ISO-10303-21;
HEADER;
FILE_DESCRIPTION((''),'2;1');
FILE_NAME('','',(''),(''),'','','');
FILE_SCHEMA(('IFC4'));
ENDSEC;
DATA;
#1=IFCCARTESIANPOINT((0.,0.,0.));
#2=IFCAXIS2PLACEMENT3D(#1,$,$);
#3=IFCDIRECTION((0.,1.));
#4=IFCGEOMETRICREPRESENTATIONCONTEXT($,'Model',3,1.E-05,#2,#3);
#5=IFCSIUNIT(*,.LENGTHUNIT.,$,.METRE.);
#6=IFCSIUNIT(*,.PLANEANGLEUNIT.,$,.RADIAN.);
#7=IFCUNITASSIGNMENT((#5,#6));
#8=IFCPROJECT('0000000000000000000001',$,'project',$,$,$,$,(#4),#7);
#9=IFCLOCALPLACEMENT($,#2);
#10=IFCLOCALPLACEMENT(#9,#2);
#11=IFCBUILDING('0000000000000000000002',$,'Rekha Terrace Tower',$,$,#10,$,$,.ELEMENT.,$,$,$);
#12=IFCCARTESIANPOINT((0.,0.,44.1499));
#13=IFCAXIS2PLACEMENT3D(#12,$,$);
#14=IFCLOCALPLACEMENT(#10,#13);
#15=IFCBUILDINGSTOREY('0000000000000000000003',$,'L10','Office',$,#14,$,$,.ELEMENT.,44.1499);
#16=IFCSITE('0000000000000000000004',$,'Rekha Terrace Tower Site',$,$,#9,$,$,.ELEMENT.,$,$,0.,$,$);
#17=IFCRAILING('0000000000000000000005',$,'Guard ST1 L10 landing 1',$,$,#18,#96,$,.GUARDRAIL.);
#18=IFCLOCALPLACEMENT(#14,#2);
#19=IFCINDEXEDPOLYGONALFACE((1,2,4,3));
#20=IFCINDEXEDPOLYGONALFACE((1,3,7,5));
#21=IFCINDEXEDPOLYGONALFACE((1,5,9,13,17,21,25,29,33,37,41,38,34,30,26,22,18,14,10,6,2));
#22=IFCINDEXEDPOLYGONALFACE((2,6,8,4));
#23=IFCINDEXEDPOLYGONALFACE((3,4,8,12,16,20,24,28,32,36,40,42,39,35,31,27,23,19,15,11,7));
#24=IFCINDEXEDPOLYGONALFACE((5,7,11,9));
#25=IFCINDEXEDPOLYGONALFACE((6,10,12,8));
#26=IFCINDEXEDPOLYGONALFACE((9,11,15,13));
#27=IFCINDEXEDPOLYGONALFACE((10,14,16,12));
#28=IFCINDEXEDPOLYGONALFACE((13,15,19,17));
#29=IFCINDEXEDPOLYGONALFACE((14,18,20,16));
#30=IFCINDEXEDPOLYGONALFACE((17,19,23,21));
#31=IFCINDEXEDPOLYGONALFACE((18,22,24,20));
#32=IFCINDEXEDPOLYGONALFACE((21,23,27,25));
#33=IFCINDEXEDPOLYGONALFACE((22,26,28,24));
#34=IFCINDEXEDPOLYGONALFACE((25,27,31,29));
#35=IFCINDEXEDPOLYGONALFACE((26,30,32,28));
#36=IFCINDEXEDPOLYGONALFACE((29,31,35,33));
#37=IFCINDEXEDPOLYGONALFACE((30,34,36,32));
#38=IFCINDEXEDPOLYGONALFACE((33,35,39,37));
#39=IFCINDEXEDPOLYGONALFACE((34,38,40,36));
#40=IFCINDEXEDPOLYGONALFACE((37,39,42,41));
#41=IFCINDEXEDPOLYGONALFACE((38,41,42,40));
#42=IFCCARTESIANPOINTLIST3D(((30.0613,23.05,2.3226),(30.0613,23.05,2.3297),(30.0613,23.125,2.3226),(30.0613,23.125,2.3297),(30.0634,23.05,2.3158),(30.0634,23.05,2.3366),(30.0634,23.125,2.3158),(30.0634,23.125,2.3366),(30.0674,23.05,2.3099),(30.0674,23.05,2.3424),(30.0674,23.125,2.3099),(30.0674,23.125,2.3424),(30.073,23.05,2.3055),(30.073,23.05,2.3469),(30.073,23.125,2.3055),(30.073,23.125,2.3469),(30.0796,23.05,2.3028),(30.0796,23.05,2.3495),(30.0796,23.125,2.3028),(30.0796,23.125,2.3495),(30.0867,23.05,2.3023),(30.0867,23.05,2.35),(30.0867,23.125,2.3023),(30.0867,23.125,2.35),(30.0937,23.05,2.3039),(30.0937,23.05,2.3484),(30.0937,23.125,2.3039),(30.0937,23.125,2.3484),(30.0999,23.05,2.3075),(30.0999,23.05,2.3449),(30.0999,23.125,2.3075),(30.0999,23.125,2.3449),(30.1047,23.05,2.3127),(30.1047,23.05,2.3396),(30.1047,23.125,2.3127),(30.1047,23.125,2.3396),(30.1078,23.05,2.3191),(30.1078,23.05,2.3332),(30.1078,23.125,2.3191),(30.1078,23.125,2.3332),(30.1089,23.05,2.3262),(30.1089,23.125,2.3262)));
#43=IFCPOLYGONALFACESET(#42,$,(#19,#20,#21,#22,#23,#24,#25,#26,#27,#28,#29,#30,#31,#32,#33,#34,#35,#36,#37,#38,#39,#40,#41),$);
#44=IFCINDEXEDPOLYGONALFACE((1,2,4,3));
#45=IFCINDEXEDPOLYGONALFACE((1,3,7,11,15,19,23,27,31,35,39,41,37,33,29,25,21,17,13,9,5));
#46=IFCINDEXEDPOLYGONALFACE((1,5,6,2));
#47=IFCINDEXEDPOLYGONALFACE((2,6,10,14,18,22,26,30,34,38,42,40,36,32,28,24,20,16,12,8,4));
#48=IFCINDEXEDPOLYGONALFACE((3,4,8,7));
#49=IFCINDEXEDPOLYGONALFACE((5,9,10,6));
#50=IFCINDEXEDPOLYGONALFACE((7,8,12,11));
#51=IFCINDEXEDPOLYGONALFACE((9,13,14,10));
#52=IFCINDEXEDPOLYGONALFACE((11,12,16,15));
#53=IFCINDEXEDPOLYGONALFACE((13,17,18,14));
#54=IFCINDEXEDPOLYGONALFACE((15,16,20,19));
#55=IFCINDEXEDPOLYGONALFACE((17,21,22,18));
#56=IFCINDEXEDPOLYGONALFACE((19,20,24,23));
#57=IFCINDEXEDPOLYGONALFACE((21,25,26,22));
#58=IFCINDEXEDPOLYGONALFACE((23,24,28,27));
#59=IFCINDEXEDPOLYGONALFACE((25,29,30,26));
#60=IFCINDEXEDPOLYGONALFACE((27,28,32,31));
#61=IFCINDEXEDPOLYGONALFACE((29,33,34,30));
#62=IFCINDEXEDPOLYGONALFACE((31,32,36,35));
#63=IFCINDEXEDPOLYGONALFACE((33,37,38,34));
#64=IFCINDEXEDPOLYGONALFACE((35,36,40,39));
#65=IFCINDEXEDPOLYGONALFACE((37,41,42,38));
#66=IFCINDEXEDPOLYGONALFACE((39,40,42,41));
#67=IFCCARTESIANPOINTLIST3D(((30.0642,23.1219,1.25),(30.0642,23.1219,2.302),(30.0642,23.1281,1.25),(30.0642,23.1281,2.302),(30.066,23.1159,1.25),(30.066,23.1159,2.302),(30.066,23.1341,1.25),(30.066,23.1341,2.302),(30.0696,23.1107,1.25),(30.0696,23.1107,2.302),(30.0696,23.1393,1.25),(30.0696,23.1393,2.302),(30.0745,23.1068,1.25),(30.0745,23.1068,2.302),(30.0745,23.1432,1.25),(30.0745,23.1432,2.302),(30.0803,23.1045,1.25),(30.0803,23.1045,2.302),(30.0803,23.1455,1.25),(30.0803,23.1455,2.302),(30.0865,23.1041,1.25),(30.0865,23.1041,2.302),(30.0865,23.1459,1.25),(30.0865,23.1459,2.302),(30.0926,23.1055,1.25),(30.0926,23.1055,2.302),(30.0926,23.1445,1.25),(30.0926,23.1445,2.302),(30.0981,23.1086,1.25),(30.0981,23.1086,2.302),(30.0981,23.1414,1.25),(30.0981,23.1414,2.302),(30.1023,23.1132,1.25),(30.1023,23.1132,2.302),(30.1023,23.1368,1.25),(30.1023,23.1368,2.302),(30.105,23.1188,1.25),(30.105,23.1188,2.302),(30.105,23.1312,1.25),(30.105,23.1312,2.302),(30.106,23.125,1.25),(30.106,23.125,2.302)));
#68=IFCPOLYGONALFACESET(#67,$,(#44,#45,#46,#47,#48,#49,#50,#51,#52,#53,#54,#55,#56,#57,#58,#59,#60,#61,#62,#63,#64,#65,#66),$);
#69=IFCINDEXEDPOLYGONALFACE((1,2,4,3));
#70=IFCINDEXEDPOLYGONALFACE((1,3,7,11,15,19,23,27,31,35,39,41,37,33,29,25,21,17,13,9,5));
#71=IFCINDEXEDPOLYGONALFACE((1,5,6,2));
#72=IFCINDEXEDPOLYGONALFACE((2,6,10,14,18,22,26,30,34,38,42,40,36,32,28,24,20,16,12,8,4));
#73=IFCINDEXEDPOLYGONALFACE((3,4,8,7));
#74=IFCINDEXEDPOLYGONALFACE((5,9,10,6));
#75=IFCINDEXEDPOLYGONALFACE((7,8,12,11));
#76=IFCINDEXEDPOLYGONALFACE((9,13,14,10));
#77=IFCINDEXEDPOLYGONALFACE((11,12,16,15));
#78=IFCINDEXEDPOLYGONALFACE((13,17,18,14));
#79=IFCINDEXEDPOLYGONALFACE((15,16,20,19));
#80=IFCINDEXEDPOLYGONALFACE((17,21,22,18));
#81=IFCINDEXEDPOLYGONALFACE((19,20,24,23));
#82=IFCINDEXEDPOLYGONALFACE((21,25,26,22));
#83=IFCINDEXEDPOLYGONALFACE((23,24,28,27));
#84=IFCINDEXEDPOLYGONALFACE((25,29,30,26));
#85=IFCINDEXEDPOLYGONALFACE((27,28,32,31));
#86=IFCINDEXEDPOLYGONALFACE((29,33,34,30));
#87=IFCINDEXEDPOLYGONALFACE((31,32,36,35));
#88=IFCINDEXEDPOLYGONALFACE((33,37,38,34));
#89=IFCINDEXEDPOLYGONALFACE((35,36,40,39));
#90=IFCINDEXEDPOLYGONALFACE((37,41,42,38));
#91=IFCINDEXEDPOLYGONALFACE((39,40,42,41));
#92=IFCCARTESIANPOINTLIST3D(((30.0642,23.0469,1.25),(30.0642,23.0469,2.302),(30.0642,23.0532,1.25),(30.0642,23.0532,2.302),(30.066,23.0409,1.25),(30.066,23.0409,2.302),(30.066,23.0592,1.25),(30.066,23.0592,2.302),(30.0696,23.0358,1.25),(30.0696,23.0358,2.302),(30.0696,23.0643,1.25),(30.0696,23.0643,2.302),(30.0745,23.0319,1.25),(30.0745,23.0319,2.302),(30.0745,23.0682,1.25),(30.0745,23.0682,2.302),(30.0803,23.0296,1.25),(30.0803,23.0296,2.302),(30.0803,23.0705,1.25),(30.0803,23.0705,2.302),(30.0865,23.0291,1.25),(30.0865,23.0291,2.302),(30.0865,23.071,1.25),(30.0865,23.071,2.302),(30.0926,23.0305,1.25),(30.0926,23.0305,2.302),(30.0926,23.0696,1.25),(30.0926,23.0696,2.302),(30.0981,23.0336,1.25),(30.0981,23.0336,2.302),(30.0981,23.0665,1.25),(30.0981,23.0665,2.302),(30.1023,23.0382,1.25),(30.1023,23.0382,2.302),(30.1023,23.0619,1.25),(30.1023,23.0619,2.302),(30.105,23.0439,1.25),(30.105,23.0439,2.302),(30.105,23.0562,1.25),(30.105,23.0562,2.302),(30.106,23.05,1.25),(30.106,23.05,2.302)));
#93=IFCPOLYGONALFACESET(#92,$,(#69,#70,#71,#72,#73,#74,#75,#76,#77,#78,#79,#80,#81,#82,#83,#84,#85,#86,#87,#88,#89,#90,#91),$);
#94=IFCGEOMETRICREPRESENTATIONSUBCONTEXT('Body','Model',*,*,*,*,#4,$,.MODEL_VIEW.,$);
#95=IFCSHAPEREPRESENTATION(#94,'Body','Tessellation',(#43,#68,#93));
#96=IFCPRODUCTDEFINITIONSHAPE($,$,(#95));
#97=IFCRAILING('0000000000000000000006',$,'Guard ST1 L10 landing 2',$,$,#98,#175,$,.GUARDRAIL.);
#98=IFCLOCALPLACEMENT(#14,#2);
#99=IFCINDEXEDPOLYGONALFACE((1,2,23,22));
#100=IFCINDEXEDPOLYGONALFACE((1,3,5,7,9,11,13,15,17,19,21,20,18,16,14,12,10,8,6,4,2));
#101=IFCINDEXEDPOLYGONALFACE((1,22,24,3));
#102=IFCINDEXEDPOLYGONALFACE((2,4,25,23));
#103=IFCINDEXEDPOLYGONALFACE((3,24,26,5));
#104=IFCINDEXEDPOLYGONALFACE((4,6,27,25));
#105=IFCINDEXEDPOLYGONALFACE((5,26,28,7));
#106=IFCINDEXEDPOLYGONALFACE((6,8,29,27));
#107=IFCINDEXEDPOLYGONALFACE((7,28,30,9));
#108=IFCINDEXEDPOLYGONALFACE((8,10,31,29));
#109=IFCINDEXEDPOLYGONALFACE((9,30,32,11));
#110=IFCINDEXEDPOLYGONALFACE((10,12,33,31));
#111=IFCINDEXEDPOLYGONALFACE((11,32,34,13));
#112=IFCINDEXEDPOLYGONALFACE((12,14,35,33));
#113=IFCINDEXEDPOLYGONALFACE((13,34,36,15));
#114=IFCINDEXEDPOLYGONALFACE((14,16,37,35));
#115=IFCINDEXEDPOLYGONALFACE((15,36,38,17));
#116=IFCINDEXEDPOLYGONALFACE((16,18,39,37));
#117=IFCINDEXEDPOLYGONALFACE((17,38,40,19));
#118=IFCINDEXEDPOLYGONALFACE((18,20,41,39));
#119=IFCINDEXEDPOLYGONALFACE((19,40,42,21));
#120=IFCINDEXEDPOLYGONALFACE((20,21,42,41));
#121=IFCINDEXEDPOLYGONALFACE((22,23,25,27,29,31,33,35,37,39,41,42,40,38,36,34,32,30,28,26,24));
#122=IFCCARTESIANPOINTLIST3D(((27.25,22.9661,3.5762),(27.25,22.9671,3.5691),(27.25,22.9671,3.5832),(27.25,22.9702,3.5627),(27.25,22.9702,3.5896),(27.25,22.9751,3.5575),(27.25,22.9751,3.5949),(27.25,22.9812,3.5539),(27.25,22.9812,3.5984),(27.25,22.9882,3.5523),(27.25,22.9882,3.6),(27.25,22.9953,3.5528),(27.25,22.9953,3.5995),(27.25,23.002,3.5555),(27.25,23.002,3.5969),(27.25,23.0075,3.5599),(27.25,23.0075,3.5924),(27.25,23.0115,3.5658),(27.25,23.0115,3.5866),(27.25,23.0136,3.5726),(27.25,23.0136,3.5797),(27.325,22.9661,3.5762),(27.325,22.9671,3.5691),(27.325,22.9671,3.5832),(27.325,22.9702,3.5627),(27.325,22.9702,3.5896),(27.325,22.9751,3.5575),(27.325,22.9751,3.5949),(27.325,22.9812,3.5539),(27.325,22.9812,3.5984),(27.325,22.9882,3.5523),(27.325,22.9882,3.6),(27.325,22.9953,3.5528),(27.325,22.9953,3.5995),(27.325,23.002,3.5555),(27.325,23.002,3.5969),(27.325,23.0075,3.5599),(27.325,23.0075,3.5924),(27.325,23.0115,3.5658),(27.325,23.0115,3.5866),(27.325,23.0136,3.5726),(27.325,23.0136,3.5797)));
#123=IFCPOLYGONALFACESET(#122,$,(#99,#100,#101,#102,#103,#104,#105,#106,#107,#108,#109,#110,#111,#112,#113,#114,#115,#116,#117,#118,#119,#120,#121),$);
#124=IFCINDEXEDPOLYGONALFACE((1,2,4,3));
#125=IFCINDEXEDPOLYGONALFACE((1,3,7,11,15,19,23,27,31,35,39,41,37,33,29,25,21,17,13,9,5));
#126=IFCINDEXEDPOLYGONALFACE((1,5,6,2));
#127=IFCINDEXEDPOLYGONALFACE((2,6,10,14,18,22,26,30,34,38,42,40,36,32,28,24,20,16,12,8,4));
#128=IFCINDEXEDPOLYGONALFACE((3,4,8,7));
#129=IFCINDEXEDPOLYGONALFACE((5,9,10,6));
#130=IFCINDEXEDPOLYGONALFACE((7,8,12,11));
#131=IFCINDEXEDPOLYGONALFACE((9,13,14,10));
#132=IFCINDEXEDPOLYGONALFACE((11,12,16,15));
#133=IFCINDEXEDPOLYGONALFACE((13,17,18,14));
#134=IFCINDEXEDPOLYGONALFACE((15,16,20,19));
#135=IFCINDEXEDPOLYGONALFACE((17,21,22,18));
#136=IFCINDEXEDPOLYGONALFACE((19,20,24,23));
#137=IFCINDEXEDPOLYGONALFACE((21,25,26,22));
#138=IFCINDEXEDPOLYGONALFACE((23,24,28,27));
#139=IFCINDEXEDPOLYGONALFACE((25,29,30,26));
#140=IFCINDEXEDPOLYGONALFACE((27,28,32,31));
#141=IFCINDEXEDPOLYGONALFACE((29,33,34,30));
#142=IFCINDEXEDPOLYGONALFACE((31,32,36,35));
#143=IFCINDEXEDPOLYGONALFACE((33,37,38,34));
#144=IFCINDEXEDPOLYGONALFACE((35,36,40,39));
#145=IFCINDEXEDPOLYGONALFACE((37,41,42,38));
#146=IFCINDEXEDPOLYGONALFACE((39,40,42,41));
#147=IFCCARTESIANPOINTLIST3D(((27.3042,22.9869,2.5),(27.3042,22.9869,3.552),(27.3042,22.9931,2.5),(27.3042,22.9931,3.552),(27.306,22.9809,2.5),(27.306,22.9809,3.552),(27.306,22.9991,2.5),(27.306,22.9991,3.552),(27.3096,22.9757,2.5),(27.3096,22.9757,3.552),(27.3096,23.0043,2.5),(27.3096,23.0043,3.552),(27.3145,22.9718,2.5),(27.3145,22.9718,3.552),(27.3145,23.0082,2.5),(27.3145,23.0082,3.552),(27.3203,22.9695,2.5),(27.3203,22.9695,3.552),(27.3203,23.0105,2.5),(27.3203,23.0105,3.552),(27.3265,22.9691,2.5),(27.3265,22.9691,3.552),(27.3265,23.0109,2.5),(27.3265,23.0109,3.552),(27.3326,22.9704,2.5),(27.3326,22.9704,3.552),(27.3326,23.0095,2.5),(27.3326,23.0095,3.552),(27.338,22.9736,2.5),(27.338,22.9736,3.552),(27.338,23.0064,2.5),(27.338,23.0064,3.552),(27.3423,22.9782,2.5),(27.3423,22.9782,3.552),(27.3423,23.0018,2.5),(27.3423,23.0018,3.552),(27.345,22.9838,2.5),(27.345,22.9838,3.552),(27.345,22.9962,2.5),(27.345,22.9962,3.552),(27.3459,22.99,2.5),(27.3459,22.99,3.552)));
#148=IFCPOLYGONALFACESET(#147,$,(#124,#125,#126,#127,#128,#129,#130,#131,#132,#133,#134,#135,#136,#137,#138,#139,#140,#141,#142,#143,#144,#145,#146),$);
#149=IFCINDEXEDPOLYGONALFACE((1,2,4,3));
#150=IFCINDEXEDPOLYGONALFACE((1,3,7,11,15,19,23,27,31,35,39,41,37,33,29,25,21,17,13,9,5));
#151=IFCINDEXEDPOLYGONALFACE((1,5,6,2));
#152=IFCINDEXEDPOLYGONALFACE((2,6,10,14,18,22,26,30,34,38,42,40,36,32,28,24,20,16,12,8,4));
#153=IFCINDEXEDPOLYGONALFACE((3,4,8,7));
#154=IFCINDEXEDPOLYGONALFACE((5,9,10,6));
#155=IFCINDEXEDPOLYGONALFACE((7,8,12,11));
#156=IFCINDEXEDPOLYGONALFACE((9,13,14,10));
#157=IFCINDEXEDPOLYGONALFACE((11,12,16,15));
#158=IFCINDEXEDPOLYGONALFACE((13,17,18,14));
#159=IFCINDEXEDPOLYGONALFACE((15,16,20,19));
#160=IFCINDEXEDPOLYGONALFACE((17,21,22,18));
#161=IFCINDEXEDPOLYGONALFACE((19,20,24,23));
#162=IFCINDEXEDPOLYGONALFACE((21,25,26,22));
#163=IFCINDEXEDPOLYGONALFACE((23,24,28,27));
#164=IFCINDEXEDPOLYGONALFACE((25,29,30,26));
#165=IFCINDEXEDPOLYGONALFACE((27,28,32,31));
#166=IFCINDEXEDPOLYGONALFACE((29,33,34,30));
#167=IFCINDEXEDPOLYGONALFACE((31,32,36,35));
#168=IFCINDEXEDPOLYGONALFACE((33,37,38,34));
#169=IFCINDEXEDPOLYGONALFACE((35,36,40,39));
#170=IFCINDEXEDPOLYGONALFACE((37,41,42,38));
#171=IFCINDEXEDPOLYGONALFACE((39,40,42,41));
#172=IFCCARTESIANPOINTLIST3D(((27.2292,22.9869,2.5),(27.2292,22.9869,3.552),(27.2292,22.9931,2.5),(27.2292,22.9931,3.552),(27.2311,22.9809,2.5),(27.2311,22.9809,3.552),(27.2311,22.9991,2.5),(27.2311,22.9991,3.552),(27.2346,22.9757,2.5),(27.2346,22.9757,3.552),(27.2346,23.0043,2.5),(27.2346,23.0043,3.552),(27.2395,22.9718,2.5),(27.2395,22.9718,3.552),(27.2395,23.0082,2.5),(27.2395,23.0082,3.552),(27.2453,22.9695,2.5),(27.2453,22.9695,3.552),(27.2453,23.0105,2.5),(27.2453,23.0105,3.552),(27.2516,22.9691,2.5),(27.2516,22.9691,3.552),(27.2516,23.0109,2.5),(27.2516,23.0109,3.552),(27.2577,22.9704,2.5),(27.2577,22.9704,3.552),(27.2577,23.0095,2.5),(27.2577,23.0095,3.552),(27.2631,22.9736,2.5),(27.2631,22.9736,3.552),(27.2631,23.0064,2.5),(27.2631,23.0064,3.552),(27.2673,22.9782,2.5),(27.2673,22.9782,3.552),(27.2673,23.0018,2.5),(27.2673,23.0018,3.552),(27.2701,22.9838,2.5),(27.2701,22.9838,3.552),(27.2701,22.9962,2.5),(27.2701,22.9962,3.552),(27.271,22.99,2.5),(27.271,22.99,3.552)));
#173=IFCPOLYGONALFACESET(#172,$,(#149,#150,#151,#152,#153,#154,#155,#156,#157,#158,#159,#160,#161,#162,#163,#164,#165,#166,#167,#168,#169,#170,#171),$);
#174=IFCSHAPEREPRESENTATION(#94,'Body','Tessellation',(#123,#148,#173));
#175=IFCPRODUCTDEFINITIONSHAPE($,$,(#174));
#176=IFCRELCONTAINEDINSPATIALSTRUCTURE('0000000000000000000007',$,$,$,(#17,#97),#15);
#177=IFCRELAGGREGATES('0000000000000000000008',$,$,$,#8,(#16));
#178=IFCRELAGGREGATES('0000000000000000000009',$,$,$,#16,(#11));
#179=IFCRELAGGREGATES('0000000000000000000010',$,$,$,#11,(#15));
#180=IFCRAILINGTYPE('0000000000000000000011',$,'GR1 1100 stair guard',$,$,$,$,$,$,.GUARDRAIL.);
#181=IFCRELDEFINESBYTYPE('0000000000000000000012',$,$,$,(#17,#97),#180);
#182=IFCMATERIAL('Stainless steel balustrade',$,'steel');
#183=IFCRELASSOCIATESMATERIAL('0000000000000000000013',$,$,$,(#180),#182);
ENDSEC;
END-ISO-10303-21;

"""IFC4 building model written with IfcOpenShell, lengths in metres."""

from ifc_helpers import new_model, si_unit, direction, frame, origin, origin_2d, place, context, subcontext, project, spatial, circle, extrude, material, type_object, element, save


model = new_model("IFC4")

# Units and contexts
model_context = context("Model", 3, precision=1e-05, world=origin(), true_north=direction((0.0, 1.0)))
body_context = subcontext(model_context, "Body", "Model", "MODEL_VIEW")
ifc_project = project(units=[si_unit("LENGTHUNIT", "METRE"), si_unit("PLANEANGLEUNIT", "RADIAN")], contexts=[model_context])

# Site, building, storey
site_placement = place(None, origin())
site = spatial("IfcSite", under=ifc_project, at=site_placement, Name="Rekha Terrace Tower Site", CompositionType="ELEMENT", RefElevation=0.0)
building_placement = place(site_placement, origin())
building = spatial("IfcBuilding", under=site, at=building_placement, Name="Rekha Terrace Tower", CompositionType="ELEMENT")
storey_placement = place(building_placement, frame((0.0, 0.0, 44.1499)))
storey = spatial("IfcBuildingStorey", under=building, at=storey_placement, Name="L10", Description="Office", CompositionType="ELEMENT", Elevation=44.1499)

# Railings
ifc_material_1 = material(Name="Stainless steel balustrade", Category="steel")
railing_type_1 = type_object("IfcRailingType", Name="GR1 1100 stair guard", PredefinedType="GUARDRAIL", material=ifc_material_1)
railing_1_placement = place(storey_placement, frame((30.085, 23.125, 1.25)))
element("IfcRailing", 1, at=railing_1_placement, inside=storey, type_object=railing_type_1, Name="Guard ST1 L10 landing 1", PredefinedType="GUARDRAIL", context=body_context, shape_type="SweptSolid", body=[
    extrude(circle(Radius=0.0239, at=origin_2d()), frame((0.0, 0.0, 1.0762), z_axis=(0.0, -1.0, 0.0), x_axis=(1.0, 0.0, 0.0)), (0.0, 0.0, 1.0), 0.075),
    extrude(circle(Radius=0.021, at=origin_2d()), origin(), (0.0, 0.0, 1.0), 1.052),
    extrude(circle(Radius=0.021, at=origin_2d()), frame((0.0, -0.075, 0.0)), (0.0, 0.0, 1.0), 1.052),
])
railing_2_placement = place(storey_placement, frame((27.325, 22.99, 2.5)))
element("IfcRailing", 2, at=railing_2_placement, inside=storey, type_object=railing_type_1, Name="Guard ST1 L10 landing 2", PredefinedType="GUARDRAIL", context=body_context, shape_type="SweptSolid", body=[
    extrude(circle(Radius=0.0239, at=origin_2d()), frame((0.0, 0.0, 1.0762), z_axis=(-1.0, 0.0, 0.0), x_axis=(0.0, -1.0, 0.0)), (0.0, 0.0, 1.0), 0.075),
    extrude(circle(Radius=0.021, at=origin_2d()), origin(), (0.0, 0.0, 1.0), 1.052),
    extrude(circle(Radius=0.021, at=origin_2d()), frame((-0.075, 0.0, 0.0)), (0.0, 0.0, 1.0), 1.052),
])

save(model, "model.ifc")
